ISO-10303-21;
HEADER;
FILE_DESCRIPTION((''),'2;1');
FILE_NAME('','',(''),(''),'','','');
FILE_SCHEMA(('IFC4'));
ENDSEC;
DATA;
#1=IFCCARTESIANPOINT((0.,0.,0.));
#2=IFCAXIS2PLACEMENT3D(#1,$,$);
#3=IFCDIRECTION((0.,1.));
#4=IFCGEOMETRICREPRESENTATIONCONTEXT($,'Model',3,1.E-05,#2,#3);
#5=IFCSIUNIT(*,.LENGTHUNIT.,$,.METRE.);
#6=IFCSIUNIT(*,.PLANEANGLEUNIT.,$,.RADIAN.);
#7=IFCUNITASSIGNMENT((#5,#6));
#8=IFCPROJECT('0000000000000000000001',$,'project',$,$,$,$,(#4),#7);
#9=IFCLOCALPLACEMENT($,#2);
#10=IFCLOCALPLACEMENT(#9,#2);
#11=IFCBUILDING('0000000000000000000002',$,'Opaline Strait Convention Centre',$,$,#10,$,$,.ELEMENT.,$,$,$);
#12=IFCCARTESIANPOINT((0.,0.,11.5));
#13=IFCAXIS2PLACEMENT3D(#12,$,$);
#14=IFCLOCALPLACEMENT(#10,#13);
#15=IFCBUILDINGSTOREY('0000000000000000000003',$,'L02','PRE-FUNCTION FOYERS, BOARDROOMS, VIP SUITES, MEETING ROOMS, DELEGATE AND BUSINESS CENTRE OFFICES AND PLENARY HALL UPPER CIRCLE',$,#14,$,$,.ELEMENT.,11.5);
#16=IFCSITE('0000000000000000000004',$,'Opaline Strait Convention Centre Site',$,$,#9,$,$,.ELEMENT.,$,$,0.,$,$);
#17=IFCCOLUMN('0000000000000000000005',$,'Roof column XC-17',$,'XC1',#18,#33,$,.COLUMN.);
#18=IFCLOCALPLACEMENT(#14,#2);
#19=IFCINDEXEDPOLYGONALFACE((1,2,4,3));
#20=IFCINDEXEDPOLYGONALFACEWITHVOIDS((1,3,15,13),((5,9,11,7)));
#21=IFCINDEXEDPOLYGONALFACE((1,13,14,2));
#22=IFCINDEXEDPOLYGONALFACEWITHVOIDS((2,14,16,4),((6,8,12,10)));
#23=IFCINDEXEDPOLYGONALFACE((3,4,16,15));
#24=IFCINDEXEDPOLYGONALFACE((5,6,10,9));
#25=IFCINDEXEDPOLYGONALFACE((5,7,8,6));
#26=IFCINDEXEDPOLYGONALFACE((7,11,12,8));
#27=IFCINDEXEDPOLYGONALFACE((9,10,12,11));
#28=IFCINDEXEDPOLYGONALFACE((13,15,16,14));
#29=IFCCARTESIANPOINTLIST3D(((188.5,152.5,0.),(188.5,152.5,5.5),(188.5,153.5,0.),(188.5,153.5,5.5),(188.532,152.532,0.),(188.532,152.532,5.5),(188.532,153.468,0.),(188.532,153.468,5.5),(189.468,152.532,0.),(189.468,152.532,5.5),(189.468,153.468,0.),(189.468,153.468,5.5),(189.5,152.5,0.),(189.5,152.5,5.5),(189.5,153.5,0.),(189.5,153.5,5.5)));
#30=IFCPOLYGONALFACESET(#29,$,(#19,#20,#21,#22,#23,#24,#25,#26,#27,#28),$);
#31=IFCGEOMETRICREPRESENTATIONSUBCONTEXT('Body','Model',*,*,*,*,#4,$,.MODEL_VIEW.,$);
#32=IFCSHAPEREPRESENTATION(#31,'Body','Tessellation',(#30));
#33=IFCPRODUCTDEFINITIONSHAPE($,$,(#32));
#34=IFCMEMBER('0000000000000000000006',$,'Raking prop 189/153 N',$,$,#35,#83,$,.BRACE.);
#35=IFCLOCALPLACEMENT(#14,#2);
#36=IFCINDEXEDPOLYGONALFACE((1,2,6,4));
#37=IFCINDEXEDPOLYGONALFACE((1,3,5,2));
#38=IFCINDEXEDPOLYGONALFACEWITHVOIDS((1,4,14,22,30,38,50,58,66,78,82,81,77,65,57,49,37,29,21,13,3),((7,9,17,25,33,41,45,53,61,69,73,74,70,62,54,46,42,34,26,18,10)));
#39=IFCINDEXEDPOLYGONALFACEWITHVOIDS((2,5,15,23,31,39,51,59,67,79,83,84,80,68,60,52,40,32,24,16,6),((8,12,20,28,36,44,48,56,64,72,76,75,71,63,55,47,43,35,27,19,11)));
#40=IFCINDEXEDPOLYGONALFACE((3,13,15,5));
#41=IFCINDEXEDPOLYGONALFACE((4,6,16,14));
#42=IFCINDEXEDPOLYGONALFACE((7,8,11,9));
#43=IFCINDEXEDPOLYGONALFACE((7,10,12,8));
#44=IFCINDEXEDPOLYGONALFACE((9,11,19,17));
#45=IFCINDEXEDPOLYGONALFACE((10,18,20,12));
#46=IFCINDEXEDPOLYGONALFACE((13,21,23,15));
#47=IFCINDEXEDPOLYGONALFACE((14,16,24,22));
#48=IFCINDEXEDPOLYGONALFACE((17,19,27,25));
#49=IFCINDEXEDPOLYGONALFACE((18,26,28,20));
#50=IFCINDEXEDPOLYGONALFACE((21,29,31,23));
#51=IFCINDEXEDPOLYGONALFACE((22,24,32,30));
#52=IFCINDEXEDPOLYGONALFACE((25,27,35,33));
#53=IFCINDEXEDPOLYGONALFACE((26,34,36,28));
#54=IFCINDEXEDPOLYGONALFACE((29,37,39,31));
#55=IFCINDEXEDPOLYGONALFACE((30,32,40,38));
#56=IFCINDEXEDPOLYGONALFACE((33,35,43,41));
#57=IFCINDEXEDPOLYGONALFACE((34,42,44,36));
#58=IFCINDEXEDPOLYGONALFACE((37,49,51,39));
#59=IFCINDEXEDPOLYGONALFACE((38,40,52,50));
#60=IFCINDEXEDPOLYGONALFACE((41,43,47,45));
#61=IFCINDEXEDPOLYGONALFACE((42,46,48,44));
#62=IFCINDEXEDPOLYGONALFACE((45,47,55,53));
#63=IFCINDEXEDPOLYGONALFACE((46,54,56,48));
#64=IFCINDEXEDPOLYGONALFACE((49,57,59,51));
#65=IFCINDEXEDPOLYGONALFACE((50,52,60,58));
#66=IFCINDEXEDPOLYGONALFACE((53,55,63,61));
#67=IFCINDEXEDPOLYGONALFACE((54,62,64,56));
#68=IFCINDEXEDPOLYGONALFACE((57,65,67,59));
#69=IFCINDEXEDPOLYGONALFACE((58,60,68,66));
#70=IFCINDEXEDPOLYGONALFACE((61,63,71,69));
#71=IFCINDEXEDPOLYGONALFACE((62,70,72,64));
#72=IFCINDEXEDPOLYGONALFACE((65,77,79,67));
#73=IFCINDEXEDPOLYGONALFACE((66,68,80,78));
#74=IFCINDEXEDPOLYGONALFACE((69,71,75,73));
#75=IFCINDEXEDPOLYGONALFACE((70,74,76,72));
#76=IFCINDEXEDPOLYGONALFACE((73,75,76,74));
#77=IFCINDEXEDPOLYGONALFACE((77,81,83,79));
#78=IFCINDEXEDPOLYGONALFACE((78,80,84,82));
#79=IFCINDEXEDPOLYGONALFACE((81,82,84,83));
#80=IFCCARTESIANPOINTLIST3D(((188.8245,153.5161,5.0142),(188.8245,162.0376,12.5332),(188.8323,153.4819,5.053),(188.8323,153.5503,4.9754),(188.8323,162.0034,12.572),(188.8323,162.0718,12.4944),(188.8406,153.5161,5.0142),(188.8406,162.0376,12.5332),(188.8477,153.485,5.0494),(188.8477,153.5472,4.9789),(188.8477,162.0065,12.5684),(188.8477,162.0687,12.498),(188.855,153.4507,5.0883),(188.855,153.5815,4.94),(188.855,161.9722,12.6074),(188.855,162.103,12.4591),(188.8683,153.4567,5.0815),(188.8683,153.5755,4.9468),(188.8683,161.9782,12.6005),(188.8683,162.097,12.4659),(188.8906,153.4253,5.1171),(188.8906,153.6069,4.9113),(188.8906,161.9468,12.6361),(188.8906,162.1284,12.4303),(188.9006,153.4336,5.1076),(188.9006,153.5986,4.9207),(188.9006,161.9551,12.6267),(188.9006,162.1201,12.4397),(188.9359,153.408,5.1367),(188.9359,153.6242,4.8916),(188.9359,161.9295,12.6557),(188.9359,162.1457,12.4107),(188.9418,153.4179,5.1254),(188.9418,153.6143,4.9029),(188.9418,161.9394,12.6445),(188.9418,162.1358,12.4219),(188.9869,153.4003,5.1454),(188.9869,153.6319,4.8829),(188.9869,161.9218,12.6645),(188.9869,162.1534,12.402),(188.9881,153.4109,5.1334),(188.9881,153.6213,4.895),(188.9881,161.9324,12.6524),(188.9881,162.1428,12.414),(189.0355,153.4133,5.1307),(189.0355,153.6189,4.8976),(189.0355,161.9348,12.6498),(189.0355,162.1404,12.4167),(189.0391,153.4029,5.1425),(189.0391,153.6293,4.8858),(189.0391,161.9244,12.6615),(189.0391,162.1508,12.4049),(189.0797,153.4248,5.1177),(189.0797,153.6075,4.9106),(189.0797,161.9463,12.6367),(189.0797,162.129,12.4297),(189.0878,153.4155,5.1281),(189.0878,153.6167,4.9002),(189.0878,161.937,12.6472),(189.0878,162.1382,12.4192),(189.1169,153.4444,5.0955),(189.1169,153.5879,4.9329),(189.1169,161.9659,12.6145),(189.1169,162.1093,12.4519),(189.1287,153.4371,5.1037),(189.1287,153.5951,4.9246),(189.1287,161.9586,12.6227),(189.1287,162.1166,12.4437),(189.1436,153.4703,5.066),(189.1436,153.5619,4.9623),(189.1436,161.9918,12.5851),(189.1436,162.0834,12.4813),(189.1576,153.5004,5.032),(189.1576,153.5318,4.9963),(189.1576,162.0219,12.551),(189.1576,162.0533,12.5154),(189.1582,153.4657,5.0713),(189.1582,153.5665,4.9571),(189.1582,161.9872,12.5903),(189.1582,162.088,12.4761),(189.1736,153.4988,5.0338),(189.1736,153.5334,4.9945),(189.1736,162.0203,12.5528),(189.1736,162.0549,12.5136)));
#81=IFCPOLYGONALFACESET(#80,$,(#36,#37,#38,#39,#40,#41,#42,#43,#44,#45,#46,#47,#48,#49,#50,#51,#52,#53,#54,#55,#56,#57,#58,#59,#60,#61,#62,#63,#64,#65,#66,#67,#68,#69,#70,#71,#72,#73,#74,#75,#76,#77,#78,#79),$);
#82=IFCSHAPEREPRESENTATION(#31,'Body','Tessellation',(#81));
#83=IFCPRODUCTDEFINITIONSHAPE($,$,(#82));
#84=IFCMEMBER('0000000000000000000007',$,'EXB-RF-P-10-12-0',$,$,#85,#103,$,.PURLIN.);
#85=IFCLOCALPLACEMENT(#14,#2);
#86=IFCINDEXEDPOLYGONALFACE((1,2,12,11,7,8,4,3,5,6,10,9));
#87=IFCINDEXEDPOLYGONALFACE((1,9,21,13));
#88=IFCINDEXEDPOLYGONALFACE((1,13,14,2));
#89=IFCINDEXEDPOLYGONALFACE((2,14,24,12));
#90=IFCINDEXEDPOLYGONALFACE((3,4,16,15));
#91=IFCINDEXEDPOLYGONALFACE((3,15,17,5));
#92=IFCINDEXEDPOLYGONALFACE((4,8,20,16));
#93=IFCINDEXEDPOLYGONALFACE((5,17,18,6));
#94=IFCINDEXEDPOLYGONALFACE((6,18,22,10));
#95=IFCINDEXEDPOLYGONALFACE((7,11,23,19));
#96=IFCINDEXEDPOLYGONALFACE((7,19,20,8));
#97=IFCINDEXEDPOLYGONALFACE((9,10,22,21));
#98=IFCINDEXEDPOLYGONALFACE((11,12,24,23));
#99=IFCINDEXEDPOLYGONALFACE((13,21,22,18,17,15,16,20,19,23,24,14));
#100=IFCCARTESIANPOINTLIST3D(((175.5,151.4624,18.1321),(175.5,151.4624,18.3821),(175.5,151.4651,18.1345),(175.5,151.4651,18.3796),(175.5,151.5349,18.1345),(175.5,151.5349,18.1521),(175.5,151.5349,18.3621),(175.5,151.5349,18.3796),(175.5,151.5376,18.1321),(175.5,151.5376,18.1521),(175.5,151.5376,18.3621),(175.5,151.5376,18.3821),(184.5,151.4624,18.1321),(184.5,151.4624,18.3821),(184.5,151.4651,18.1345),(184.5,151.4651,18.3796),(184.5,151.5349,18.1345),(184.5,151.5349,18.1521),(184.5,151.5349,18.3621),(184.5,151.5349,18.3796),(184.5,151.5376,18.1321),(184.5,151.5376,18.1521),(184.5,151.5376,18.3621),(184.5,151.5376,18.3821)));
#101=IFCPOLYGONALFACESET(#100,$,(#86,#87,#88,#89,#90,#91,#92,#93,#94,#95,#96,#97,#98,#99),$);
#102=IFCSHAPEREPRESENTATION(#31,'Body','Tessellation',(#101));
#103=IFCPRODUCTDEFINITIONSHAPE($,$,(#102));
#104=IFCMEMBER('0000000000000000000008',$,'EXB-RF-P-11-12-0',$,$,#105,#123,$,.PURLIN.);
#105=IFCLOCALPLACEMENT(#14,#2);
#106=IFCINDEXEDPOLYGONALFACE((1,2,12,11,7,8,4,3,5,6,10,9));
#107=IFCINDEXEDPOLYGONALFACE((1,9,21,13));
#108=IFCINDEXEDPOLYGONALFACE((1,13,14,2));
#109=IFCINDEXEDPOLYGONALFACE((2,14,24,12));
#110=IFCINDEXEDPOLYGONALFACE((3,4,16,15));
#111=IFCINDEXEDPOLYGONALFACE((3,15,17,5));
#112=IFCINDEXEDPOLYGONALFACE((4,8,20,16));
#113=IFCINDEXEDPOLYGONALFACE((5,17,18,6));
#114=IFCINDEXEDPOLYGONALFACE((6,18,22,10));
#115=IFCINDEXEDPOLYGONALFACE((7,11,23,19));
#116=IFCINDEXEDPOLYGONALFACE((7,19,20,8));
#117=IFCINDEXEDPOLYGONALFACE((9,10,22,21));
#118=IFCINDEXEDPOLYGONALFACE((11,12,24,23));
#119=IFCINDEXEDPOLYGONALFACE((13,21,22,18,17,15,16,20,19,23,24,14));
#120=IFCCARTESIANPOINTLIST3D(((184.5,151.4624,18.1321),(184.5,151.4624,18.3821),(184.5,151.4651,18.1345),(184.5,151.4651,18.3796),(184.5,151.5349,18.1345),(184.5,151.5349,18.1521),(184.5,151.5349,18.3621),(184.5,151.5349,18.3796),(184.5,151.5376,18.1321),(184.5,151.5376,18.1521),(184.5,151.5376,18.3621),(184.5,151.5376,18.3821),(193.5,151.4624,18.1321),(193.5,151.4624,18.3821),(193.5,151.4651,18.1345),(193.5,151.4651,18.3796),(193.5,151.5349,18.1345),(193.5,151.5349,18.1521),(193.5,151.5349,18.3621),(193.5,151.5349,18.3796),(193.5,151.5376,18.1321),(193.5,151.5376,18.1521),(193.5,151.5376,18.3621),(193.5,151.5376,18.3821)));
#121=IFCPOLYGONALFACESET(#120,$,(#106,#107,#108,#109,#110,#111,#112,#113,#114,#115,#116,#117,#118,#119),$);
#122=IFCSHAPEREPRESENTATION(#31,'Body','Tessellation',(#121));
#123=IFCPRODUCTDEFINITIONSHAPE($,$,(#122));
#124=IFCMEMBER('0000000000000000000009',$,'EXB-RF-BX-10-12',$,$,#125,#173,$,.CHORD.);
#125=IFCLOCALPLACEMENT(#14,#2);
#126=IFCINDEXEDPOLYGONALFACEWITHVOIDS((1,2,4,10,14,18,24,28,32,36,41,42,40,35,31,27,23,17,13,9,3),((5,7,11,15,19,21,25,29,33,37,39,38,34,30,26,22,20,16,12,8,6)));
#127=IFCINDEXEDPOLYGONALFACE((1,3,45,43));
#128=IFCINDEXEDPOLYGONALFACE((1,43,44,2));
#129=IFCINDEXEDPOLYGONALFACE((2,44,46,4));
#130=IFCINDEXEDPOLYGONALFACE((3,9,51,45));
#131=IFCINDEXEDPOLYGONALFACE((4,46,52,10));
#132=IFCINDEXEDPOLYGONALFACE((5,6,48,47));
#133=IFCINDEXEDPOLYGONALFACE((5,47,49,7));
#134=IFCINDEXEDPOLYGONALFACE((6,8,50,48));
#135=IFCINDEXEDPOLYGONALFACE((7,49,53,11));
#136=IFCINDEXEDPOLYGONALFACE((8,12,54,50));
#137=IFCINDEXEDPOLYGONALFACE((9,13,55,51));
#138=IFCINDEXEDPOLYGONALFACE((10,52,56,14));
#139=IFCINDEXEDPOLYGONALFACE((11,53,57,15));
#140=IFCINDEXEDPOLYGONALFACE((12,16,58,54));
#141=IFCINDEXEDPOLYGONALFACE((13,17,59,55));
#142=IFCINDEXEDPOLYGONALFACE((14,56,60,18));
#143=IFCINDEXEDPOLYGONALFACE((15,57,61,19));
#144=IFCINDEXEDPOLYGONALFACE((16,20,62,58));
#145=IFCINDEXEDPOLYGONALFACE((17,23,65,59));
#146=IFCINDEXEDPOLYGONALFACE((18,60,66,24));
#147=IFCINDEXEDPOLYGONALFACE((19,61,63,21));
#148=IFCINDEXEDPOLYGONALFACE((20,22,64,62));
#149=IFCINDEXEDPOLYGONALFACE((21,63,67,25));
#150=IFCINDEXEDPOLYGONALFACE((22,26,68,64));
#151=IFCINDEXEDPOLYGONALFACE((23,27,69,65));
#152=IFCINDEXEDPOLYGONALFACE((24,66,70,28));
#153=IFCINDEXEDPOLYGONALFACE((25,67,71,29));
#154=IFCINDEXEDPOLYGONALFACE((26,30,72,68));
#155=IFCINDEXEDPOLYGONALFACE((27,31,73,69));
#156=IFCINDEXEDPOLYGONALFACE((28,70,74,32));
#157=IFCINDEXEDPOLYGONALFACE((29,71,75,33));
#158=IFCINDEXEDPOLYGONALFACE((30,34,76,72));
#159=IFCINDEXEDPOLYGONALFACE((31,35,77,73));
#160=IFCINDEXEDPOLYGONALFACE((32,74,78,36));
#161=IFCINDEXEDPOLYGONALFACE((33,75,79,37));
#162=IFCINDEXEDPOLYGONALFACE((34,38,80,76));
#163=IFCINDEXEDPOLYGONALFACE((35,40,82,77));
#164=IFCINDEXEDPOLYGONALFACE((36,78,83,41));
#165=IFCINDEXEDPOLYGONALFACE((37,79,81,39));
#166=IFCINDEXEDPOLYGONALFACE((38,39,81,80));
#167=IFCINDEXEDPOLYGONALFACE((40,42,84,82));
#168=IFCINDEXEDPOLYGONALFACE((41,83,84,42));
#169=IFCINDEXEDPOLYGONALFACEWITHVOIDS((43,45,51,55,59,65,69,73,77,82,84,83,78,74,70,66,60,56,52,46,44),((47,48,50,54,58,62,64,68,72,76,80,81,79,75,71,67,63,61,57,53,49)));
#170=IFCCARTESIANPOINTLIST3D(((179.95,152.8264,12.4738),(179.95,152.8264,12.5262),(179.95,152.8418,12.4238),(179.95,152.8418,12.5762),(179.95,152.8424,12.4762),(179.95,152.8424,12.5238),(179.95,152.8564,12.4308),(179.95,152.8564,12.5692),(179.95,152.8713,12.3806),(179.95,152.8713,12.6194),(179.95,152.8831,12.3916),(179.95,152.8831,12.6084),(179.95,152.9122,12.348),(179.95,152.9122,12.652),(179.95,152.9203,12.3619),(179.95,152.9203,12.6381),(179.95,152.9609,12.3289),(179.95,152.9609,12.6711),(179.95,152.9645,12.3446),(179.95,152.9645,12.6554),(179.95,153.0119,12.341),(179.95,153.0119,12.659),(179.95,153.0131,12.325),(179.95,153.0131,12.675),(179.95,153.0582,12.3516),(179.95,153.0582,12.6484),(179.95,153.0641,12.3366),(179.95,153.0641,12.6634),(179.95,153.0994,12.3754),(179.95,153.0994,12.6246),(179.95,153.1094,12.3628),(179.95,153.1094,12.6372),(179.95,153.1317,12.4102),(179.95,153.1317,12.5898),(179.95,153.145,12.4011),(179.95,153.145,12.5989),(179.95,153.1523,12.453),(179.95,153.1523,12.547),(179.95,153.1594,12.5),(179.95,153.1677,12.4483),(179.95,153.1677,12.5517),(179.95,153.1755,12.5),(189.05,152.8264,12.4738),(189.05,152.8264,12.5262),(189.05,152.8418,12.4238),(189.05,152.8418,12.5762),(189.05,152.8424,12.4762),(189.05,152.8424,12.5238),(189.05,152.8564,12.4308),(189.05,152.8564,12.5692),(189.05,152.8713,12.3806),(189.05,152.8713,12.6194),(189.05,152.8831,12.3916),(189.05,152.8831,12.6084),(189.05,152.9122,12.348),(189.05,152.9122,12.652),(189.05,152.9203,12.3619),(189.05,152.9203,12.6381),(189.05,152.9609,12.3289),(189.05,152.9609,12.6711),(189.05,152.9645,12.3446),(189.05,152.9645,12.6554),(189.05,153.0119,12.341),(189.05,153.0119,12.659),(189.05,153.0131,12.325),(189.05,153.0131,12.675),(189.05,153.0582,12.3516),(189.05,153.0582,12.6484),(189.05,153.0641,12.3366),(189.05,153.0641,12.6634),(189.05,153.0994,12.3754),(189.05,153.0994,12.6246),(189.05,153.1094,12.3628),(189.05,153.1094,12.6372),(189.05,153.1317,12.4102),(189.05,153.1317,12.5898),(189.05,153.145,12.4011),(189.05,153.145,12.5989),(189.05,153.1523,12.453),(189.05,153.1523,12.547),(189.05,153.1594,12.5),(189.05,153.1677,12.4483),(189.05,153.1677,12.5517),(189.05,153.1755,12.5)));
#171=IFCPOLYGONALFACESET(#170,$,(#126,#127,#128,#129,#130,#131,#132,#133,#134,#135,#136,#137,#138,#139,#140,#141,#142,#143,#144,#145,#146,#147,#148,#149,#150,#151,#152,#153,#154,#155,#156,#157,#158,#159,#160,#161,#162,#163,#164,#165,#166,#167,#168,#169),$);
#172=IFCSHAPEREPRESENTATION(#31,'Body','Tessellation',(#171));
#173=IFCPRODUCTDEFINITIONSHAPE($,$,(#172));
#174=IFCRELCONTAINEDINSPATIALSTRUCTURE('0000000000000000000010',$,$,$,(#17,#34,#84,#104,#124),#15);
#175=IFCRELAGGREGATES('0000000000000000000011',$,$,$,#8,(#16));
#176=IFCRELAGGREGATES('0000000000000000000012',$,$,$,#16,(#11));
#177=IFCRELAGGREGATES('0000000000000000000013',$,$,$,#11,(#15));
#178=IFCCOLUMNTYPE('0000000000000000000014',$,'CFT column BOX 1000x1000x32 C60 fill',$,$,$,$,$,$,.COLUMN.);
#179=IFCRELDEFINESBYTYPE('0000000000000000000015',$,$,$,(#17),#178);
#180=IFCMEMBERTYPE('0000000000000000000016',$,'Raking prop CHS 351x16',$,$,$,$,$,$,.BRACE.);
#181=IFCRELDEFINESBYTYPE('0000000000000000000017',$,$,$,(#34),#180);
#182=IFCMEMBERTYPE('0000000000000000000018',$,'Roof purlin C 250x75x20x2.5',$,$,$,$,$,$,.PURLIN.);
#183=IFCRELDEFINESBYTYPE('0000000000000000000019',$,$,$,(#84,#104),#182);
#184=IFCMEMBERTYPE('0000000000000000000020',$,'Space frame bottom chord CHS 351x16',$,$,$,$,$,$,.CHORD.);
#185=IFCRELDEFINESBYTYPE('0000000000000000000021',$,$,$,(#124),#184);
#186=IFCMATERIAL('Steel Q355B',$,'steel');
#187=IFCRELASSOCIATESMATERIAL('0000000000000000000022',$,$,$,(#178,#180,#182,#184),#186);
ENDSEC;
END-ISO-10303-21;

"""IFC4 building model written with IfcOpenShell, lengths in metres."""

from ifc_helpers import new_model, si_unit, direction, frame, origin, origin_2d, place, context, subcontext, project, spatial, polyline, hollow_rectangle, hollow_circle, outline, extrude, material, material_profile, profile_set, type_object, element, save


model = new_model("IFC4")

# Units and contexts
model_context = context("Model", 3, precision=1e-05, world=origin(), true_north=direction((0.0, 1.0)))
body_context = subcontext(model_context, "Body", "Model", "MODEL_VIEW")
ifc_project = project(units=[si_unit("LENGTHUNIT", "METRE"), si_unit("PLANEANGLEUNIT", "RADIAN")], contexts=[model_context])

# Site, building, storey
site_placement = place(None, origin())
site = spatial("IfcSite", under=ifc_project, at=site_placement, Name="Opaline Strait Convention Centre Site", CompositionType="ELEMENT", RefElevation=0.0)
building_placement = place(site_placement, origin())
building = spatial("IfcBuilding", under=site, at=building_placement, Name="Opaline Strait Convention Centre", CompositionType="ELEMENT")
storey_placement = place(building_placement, frame((0.0, 0.0, 11.5)))
storey = spatial("IfcBuildingStorey", under=building, at=storey_placement, Name="L02", Description="PRE-FUNCTION FOYERS, BOARDROOMS, VIP SUITES, MEETING ROOMS, DELEGATE AND BUSINESS CENTRE OFFICES AND PLENARY HALL UPPER CIRCLE", CompositionType="ELEMENT", Elevation=11.5)

# Column
ifc_material_1 = material(Name="Steel Q355B", Category="steel")
ifc_material_profile_1 = material_profile(ifc_material_1, hollow_rectangle(XDim=1.0, YDim=1.0, WallThickness=0.032, at=origin_2d()), Name="BOX 1000x1000x32")
ifc_profile_set_1 = profile_set([ifc_material_profile_1], Name="Steel Q355B")
column_type = type_object("IfcColumnType", Name="CFT column BOX 1000x1000x32 C60 fill", PredefinedType="COLUMN", material=ifc_profile_set_1)
column_placement = place(storey_placement, frame((189.0, 153.0, 0.0), z_axis=(0.0, 0.0, 1.0), x_axis=(1.0, 0.0, 0.0)))
element("IfcColumn", 1, at=column_placement, inside=storey, type_object=column_type, Name="Roof column XC-17", ObjectType="XC1", PredefinedType="COLUMN", context=body_context, shape_type="SweptSolid", body=[
    extrude(hollow_rectangle(XDim=1.0, YDim=1.0, WallThickness=0.032, at=origin_2d()), origin(), (0.0, 0.0, 1.0), 5.5),
])

# Members
ifc_material_profile_2 = material_profile(ifc_material_1, hollow_circle(Radius=0.1755, WallThickness=0.0161, at=origin_2d()), Name="CHS 351x16")
ifc_profile_set_2 = profile_set([ifc_material_profile_2], Name="Steel Q355B")
member_type_1 = type_object("IfcMemberType", Name="Raking prop CHS 351x16", PredefinedType="BRACE", material=ifc_profile_set_2)
member_placement = place(storey_placement, frame((189.0, 153.5161, 5.0142), z_axis=(0.0, 0.749834, 0.661626), x_axis=(-1.0, 0.0, 0.0)))
element("IfcMember", 2, at=member_placement, inside=storey, type_object=member_type_1, Name="Raking prop 189/153 N", PredefinedType="BRACE", context=body_context, shape_type="SweptSolid", body=[
    extrude(hollow_circle(Radius=0.1755, WallThickness=0.0161, at=origin_2d()), origin(), (0.0, 0.0, 1.0), 11.3645),
])
ifc_material_profile_3 = material_profile(ifc_material_1, outline(polyline([(-0.0376, -0.125), (0.0376, -0.125), (0.0376, -0.105), (0.0349, -0.105), (0.0349, -0.1226), (-0.0349, -0.1226), (-0.0349, 0.1226), (0.0349, 0.1226), (0.0349, 0.105), (0.0376, 0.105), (0.0376, 0.125), (-0.0376, 0.125), (-0.0376, -0.125)])), Name="C 250x75x20x2.5")
ifc_profile_set_3 = profile_set([ifc_material_profile_3], Name="Steel Q355B")
member_type_2 = type_object("IfcMemberType", Name="Roof purlin C 250x75x20x2.5", PredefinedType="PURLIN", material=ifc_profile_set_3)
for number, where, z_axis, x_axis, name in (
    (3, (175.5, 151.5, 18.2571), (1.0, 0.0, 0.0), (0.0, 1.0, 0.0), "EXB-RF-P-10-12-0"),
    (4, (184.5, 151.5, 18.2571), (1.0, 0.0, 0.0), (0.0, 1.0, 0.0), "EXB-RF-P-11-12-0"),
):
    element("IfcMember", number, at=place(storey_placement, frame(where, z_axis=z_axis, x_axis=x_axis)), inside=storey, type_object=member_type_2, Name=name, PredefinedType="PURLIN", context=body_context, shape_type="SweptSolid", body=[
        extrude(outline(polyline([(-0.0376, -0.125), (0.0376, -0.125), (0.0376, -0.105), (0.0349, -0.105), (0.0349, -0.1226), (-0.0349, -0.1226), (-0.0349, 0.1226), (0.0349, 0.1226), (0.0349, 0.105), (0.0376, 0.105), (0.0376, 0.125), (-0.0376, 0.125), (-0.0376, -0.125)])), origin(), (0.0, 0.0, 1.0), 9.0),
    ])
ifc_material_profile_4 = material_profile(ifc_material_1, hollow_circle(Radius=0.1755, WallThickness=0.0161, at=origin_2d()), Name="CHS 351x16")
ifc_profile_set_4 = profile_set([ifc_material_profile_4], Name="Steel Q355B")
member_type_3 = type_object("IfcMemberType", Name="Space frame bottom chord CHS 351x16", PredefinedType="CHORD", material=ifc_profile_set_4)
for number, where, z_axis, x_axis, name in (
    (5, (179.95, 153.0, 12.5), (1.0, 0.0, 0.0), (0.0, 1.0, 0.0), "EXB-RF-BX-10-12"),
):
    element("IfcMember", number, at=place(storey_placement, frame(where, z_axis=z_axis, x_axis=x_axis)), inside=storey, type_object=member_type_3, Name=name, PredefinedType="CHORD", context=body_context, shape_type="SweptSolid", body=[
        extrude(hollow_circle(Radius=0.1755, WallThickness=0.0161, at=origin_2d()), origin(), (0.0, 0.0, 1.0), 9.1001),
    ])

save(model, "model.ifc")
